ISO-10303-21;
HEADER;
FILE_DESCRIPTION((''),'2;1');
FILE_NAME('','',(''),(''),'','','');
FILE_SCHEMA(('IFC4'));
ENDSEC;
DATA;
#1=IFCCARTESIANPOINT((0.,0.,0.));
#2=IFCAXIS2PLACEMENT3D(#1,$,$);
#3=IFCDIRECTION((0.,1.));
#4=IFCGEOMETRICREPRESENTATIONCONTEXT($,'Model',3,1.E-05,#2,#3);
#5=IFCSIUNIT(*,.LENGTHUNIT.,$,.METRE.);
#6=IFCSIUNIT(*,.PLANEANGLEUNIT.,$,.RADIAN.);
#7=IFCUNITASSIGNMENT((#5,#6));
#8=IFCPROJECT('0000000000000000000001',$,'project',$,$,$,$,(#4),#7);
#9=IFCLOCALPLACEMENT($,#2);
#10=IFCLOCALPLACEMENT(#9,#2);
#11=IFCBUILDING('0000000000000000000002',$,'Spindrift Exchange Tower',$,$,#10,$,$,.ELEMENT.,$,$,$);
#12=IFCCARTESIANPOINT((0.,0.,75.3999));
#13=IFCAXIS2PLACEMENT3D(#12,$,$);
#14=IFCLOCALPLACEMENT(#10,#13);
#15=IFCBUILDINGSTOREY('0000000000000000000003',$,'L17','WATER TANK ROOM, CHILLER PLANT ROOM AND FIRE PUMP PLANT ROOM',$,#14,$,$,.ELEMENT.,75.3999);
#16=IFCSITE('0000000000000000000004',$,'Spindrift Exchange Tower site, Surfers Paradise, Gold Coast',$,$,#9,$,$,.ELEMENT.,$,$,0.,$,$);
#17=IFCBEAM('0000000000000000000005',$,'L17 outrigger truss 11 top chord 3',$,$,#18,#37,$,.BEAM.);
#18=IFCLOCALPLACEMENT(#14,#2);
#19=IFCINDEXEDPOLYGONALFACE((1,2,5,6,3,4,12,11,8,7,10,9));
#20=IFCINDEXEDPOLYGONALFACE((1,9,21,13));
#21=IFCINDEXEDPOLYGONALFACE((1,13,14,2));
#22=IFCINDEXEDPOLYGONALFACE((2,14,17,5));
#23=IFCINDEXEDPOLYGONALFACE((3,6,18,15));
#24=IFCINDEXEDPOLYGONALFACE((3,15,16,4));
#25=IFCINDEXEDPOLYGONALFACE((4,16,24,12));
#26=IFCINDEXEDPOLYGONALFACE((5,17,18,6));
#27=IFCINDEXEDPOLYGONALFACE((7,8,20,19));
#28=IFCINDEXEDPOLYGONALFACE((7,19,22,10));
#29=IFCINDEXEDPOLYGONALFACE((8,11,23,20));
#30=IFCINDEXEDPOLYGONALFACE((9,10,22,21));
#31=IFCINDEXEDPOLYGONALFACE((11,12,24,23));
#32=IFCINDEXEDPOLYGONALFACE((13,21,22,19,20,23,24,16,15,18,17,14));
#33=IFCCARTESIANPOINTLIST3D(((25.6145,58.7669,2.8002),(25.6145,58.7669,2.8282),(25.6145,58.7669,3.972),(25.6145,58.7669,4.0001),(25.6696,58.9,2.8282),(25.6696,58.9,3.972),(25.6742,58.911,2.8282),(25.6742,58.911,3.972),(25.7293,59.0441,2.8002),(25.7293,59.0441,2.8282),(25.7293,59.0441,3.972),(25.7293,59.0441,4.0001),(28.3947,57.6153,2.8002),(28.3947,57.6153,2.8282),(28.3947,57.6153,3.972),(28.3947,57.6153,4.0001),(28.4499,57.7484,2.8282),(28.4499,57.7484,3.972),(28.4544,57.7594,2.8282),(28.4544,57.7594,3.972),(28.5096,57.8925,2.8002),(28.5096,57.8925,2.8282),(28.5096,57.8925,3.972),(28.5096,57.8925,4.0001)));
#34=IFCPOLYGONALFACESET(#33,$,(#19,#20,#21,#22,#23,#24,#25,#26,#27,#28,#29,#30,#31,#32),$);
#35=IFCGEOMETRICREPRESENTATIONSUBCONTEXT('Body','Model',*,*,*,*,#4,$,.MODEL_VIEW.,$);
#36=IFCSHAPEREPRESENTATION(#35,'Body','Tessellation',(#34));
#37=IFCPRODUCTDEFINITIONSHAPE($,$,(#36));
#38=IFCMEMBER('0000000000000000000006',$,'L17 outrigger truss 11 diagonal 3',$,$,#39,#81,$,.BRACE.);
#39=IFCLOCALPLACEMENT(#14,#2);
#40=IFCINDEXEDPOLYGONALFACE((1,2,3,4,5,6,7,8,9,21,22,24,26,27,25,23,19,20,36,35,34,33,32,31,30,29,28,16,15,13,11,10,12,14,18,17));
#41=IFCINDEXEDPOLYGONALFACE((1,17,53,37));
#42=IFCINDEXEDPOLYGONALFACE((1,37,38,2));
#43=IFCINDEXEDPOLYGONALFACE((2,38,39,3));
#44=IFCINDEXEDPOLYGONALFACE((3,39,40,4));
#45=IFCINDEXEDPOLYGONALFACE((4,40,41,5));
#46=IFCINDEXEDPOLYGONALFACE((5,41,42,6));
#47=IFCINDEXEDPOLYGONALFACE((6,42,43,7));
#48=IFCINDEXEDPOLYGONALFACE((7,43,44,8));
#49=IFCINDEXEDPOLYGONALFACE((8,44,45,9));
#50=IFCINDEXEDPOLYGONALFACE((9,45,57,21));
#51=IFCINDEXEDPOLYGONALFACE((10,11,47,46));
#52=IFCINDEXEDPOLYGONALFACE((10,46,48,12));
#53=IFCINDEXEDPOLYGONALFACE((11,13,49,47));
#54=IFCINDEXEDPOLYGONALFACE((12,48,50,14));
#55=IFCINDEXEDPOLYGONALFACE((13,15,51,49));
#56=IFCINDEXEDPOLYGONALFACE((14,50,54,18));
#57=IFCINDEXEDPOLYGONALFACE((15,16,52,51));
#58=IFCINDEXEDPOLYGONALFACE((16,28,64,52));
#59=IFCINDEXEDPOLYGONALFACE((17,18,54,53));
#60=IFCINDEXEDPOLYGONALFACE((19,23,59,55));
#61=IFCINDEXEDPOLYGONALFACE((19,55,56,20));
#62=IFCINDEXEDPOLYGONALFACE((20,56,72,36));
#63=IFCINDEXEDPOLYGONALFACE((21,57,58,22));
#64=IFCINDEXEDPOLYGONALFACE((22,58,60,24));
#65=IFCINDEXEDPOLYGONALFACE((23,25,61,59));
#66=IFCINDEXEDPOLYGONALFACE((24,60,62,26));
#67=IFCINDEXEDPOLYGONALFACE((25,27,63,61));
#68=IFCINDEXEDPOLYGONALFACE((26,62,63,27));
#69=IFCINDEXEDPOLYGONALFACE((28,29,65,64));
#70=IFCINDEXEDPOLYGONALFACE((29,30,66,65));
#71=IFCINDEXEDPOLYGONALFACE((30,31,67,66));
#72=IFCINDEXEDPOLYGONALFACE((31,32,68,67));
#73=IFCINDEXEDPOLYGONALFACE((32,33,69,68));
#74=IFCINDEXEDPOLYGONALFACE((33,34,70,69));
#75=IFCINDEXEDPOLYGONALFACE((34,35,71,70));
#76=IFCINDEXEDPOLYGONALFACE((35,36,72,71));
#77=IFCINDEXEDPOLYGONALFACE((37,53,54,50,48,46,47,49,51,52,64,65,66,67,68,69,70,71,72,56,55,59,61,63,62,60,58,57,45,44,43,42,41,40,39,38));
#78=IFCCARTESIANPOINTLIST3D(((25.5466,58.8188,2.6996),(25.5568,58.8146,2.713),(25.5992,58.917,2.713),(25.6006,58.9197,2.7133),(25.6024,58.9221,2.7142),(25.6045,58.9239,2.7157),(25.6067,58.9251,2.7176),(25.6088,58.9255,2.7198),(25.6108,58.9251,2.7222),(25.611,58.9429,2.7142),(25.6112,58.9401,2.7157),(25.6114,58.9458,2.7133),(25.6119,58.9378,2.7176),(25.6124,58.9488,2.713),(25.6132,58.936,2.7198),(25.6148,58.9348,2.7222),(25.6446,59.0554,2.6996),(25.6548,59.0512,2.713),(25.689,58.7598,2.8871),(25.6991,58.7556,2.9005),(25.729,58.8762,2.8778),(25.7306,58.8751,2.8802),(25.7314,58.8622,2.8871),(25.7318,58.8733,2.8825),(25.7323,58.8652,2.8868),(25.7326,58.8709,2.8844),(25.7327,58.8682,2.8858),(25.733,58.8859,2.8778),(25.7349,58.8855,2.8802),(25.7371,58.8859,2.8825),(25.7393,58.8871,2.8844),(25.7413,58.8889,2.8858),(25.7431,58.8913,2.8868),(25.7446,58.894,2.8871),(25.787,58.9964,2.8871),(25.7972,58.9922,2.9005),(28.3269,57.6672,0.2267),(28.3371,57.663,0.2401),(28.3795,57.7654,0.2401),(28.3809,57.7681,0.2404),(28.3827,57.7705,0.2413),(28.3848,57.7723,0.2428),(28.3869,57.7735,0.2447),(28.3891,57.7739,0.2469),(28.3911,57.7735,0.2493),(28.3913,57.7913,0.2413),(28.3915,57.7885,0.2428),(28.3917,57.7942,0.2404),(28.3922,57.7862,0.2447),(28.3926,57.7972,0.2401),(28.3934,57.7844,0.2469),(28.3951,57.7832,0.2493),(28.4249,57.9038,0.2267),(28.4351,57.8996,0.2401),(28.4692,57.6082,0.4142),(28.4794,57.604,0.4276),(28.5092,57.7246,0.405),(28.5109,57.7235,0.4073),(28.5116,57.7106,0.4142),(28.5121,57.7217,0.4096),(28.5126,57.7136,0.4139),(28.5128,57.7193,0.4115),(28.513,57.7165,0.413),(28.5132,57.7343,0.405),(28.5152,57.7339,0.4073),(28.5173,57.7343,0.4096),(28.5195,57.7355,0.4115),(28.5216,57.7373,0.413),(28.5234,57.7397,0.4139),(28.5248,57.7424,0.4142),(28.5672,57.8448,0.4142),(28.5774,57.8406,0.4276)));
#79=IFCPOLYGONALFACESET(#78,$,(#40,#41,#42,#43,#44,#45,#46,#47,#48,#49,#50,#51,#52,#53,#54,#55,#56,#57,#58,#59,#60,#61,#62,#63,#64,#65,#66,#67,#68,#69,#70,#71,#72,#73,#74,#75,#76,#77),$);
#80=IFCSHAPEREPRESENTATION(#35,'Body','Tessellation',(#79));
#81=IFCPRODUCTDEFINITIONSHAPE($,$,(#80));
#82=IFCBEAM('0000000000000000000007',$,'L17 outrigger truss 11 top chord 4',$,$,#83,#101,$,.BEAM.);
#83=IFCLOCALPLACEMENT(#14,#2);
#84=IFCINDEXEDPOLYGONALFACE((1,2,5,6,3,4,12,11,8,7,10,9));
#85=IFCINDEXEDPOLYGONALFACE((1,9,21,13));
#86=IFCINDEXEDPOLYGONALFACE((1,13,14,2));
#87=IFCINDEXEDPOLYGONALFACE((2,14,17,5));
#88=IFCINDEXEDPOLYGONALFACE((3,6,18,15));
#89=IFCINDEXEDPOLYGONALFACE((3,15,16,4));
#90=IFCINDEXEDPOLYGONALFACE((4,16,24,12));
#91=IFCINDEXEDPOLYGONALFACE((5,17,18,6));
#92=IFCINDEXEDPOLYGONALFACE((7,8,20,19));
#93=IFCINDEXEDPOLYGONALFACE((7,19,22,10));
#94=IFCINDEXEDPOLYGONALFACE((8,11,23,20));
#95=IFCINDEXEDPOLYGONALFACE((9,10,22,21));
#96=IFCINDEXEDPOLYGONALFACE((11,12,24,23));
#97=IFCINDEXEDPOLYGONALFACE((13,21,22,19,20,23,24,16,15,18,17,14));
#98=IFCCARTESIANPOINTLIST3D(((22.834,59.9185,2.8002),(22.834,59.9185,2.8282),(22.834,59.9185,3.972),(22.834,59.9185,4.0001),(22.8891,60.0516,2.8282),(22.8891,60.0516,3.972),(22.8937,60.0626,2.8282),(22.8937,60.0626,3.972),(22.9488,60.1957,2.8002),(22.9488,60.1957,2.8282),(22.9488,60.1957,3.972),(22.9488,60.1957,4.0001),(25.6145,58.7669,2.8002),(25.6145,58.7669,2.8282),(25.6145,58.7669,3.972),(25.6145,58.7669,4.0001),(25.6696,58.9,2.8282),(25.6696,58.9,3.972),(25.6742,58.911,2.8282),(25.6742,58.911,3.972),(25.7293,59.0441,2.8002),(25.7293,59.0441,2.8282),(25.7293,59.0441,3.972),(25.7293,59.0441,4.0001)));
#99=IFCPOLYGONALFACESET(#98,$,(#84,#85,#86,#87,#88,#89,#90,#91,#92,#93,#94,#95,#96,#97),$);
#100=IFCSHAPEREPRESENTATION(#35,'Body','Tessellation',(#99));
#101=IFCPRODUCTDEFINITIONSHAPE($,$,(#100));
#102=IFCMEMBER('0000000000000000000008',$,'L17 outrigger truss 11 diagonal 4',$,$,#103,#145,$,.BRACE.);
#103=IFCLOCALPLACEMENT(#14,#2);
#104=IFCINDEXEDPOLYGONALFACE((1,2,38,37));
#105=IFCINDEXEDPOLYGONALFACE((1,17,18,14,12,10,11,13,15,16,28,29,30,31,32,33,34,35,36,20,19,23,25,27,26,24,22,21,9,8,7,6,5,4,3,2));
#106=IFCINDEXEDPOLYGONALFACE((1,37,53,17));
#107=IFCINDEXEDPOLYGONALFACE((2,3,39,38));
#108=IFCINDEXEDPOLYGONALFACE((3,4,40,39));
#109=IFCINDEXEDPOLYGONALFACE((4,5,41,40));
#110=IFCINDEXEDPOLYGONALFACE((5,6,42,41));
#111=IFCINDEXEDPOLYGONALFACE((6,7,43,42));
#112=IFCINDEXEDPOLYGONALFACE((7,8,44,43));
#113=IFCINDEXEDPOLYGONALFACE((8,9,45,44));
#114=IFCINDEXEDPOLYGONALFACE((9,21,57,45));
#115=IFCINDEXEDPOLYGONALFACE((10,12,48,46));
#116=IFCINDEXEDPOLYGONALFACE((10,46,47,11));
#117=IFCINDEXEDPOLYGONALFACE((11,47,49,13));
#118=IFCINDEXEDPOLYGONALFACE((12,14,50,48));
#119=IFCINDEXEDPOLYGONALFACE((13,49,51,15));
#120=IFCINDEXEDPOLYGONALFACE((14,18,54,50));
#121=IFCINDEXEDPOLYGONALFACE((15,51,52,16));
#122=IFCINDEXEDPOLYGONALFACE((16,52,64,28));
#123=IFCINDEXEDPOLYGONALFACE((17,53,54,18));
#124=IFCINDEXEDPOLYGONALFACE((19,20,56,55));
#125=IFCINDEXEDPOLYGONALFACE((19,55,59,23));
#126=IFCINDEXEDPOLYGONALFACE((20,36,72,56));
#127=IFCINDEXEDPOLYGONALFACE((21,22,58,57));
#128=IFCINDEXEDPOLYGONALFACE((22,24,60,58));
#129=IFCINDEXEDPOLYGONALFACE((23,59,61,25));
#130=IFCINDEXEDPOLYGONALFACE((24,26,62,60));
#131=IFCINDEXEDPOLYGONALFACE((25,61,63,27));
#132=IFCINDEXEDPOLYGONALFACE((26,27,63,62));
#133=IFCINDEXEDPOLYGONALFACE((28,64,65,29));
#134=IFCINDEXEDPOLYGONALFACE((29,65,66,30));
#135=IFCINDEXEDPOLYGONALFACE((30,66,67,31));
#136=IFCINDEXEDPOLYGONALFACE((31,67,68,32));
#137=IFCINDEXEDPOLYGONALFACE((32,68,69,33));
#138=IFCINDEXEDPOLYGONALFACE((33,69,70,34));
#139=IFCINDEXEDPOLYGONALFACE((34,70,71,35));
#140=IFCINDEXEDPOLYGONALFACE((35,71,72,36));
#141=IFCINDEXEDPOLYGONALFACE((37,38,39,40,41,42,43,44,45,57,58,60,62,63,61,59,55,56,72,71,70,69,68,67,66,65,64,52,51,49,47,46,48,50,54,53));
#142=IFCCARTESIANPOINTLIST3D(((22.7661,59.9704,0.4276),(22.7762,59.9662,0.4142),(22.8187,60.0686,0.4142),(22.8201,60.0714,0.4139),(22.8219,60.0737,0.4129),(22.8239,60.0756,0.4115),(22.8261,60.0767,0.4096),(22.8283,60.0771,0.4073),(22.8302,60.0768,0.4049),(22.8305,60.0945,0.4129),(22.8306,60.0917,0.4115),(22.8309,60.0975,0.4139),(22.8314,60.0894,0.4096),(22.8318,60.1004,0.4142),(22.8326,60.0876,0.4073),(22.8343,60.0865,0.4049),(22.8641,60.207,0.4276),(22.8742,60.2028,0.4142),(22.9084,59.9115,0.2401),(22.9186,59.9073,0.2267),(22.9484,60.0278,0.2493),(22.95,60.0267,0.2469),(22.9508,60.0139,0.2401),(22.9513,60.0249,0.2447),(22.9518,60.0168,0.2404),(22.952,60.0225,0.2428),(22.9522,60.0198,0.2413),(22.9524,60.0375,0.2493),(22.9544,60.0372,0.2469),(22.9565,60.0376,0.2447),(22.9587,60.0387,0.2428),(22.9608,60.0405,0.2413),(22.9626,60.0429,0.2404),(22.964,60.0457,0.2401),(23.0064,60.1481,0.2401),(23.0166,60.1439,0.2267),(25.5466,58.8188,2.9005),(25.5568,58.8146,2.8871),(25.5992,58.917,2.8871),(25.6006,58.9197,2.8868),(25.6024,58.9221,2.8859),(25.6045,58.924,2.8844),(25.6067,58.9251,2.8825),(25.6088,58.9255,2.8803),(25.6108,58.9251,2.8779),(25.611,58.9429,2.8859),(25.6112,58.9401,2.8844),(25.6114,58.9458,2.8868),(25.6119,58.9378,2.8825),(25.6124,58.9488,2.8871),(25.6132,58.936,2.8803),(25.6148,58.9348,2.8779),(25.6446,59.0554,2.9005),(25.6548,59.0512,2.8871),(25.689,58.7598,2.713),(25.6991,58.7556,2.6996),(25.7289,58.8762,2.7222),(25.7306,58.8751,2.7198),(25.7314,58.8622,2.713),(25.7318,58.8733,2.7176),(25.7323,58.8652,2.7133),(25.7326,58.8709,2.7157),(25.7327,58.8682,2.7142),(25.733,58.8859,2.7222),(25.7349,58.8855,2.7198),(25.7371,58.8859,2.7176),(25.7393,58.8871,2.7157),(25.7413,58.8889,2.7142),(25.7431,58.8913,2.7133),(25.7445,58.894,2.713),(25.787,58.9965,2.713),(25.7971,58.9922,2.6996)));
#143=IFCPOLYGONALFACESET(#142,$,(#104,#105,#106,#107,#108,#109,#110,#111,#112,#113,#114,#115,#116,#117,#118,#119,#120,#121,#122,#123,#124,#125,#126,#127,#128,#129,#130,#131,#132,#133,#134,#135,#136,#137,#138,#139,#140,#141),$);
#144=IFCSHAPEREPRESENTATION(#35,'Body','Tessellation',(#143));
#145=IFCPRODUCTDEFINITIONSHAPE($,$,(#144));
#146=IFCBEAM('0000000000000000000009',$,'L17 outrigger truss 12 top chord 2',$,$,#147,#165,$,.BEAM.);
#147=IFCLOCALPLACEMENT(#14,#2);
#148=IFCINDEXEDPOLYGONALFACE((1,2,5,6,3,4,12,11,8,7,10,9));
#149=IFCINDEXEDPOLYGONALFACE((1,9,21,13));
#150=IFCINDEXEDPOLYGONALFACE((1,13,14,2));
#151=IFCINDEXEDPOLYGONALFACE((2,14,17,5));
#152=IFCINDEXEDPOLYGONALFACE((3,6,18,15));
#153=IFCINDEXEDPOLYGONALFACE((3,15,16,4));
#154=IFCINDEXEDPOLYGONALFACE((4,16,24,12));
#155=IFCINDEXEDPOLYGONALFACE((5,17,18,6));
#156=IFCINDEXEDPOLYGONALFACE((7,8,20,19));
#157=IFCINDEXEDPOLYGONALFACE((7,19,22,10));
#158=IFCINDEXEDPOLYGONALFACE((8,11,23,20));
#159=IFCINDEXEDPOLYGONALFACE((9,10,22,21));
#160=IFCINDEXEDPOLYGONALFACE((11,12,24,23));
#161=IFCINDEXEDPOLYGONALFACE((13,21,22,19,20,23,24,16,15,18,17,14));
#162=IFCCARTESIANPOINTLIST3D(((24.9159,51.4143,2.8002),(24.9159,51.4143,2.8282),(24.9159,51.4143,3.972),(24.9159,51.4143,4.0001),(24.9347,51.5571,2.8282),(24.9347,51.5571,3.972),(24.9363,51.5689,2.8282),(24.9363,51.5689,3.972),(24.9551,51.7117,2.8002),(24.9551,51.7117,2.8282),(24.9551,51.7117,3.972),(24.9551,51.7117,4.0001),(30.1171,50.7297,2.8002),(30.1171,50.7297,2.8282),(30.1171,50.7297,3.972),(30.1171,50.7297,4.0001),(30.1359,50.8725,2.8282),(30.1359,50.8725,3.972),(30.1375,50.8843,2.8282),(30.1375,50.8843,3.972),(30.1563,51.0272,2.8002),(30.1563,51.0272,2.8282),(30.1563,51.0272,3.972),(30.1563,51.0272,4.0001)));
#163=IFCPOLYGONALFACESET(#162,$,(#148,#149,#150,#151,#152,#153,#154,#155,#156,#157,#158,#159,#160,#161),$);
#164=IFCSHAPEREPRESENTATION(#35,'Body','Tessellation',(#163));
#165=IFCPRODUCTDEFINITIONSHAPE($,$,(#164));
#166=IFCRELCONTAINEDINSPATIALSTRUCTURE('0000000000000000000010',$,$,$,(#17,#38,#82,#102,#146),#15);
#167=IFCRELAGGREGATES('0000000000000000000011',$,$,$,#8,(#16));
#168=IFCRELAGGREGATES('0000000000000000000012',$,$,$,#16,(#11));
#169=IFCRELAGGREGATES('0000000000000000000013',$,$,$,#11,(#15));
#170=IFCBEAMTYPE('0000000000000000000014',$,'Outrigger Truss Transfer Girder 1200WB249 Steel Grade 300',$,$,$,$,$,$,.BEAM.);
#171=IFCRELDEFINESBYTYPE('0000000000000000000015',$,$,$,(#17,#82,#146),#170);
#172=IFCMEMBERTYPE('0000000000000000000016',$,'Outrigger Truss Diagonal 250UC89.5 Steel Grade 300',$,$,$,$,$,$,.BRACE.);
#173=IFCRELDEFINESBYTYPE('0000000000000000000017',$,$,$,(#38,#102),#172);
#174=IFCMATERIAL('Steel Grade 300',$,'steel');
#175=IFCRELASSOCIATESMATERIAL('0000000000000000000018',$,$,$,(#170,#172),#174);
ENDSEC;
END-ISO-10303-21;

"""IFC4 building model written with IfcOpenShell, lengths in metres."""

from ifc_helpers import new_model, si_unit, direction, frame, origin, origin_2d, place, context, subcontext, project, spatial, i_section, extrude, source, transform, mapped, material, material_profile, profile_set, type_object, element, save


model = new_model("IFC4")

# Units and contexts
model_context = context("Model", 3, precision=1e-05, world=origin(), true_north=direction((0.0, 1.0)))
body_context = subcontext(model_context, "Body", "Model", "MODEL_VIEW")
ifc_project = project(units=[si_unit("LENGTHUNIT", "METRE"), si_unit("PLANEANGLEUNIT", "RADIAN")], contexts=[model_context])

# Site, building, storey
site_placement = place(None, origin())
site = spatial("IfcSite", under=ifc_project, at=site_placement, Name="Spindrift Exchange Tower site, Surfers Paradise, Gold Coast", CompositionType="ELEMENT", RefElevation=0.0)
building_placement = place(site_placement, origin())
building = spatial("IfcBuilding", under=site, at=building_placement, Name="Spindrift Exchange Tower", CompositionType="ELEMENT")
storey_placement = place(building_placement, frame((0.0, 0.0, 75.3999)))
storey = spatial("IfcBuildingStorey", under=building, at=storey_placement, Name="L17", Description="WATER TANK ROOM, CHILLER PLANT ROOM AND FIRE PUMP PLANT ROOM", CompositionType="ELEMENT", Elevation=75.3999)

# Shared definitions
ifc_material_1 = material(Name="Steel Grade 300", Category="steel")

# Shared definitions
ifc_material_profile_1 = material_profile(ifc_material_1, i_section(OverallWidth=0.3, OverallDepth=1.2, WebThickness=0.012, FlangeThickness=0.0281, at=origin_2d()), Name="1200WB249")
ifc_profile_set_1 = profile_set([ifc_material_profile_1], Name="Steel Grade 300")
beam_type = type_object("IfcBeamType", Name="Outrigger Truss Transfer Girder 1200WB249 Steel Grade 300", PredefinedType="BEAM", material=ifc_profile_set_1)

# Shared definitions
ifc_material_profile_2 = material_profile(ifc_material_1, i_section(OverallWidth=0.2561, OverallDepth=0.26, WebThickness=0.0105, FlangeThickness=0.0173, FilletRadius=0.012, at=origin_2d()), Name="250UC89.5")
ifc_profile_set_2 = profile_set([ifc_material_profile_2], Name="Steel Grade 300")
member_type_1 = type_object("IfcMemberType", Name="Outrigger Truss Diagonal 250UC89.5 Steel Grade 300", PredefinedType="BRACE", material=ifc_profile_set_2)

# Beam
shared_shape_1 = source(origin(), body_context, "Body", "SweptSolid", [
    extrude(i_section(OverallWidth=0.3, OverallDepth=1.2, WebThickness=0.012, FlangeThickness=0.0281, at=origin_2d()), origin(), (0.0, 0.0, 1.0), 3.0093),
])
beam_1_placement = place(storey_placement, frame((28.4521, 57.7539, 3.4001), z_axis=(-0.923881, 0.382679, 0.0), x_axis=(-0.382679, -0.923881, 0.0)))
element("IfcBeam", 1, at=beam_1_placement, inside=storey, type_object=beam_type, Name="L17 outrigger truss 11 top chord 3", PredefinedType="BEAM", context=body_context, shape_type="MappedRepresentation", body=[
    mapped(shared_shape_1, transform((0.0, 0.0, 0.0), scale=1.0)),
])

# Member
shared_shape_2 = source(origin(), body_context, "Body", "SweptSolid", [
    extrude(i_section(OverallWidth=0.2561, OverallDepth=0.26, WebThickness=0.0105, FlangeThickness=0.0173, FilletRadius=0.012, at=origin_2d()), origin(), (0.0, 0.0, 1.0), 3.895),
])
member_1_placement = place(storey_placement, frame((28.4521, 57.7539, 0.3271), z_axis=(-0.713798, 0.295661, 0.634884), x_axis=(-0.382679, -0.923881, 0.0)))
element("IfcMember", 2, at=member_1_placement, inside=storey, type_object=member_type_1, Name="L17 outrigger truss 11 diagonal 3", PredefinedType="BRACE", context=body_context, shape_type="MappedRepresentation", body=[
    mapped(shared_shape_2, transform((0.0, 0.0, 0.0), scale=1.0)),
])

# Beam
shared_shape_3 = source(origin(), body_context, "Body", "SweptSolid", [
    extrude(i_section(OverallWidth=0.3, OverallDepth=1.2, WebThickness=0.012, FlangeThickness=0.0281, at=origin_2d()), origin(), (0.0, 0.0, 1.0), 3.0095),
])
beam_2_placement = place(storey_placement, frame((25.6719, 58.9055, 3.4001), z_axis=(-0.923893, 0.38265, 0.0), x_axis=(-0.38265, -0.923893, 0.0)))
element("IfcBeam", 3, at=beam_2_placement, inside=storey, type_object=beam_type, Name="L17 outrigger truss 11 top chord 4", PredefinedType="BEAM", context=body_context, shape_type="MappedRepresentation", body=[
    mapped(shared_shape_3, transform((0.0, 0.0, 0.0), scale=1.0)),
])

# Member
shared_shape_4 = source(origin(), body_context, "Body", "SweptSolid", [
    extrude(i_section(OverallWidth=0.2561, OverallDepth=0.26, WebThickness=0.0105, FlangeThickness=0.0173, FilletRadius=0.012, at=origin_2d()), origin(), (0.0, 0.0, 1.0), 3.8953),
])
member_2_placement = place(storey_placement, frame((25.6719, 58.9055, 2.8), z_axis=(-0.713828, 0.295647, -0.634855), x_axis=(-0.38265, -0.923893, 0.0)))
element("IfcMember", 4, at=member_2_placement, inside=storey, type_object=member_type_1, Name="L17 outrigger truss 11 diagonal 4", PredefinedType="BRACE", context=body_context, shape_type="MappedRepresentation", body=[
    mapped(shared_shape_4, transform((0.0, 0.0, 0.0), scale=1.0)),
])

# Beam
shared_shape_5 = source(origin(), body_context, "Body", "SweptSolid", [
    extrude(i_section(OverallWidth=0.3, OverallDepth=1.2, WebThickness=0.012, FlangeThickness=0.0281, at=origin_2d()), origin(), (0.0, 0.0, 1.0), 5.2461),
])
beam_3_placement = place(storey_placement, frame((30.1367, 50.8784, 3.4001), z_axis=(-0.991449, 0.130493, 0.0), x_axis=(-0.130493, -0.991449, 0.0)))
element("IfcBeam", 5, at=beam_3_placement, inside=storey, type_object=beam_type, Name="L17 outrigger truss 12 top chord 2", PredefinedType="BEAM", context=body_context, shape_type="MappedRepresentation", body=[
    mapped(shared_shape_5, transform((0.0, 0.0, 0.0), scale=1.0)),
])

save(model, "model.ifc")
